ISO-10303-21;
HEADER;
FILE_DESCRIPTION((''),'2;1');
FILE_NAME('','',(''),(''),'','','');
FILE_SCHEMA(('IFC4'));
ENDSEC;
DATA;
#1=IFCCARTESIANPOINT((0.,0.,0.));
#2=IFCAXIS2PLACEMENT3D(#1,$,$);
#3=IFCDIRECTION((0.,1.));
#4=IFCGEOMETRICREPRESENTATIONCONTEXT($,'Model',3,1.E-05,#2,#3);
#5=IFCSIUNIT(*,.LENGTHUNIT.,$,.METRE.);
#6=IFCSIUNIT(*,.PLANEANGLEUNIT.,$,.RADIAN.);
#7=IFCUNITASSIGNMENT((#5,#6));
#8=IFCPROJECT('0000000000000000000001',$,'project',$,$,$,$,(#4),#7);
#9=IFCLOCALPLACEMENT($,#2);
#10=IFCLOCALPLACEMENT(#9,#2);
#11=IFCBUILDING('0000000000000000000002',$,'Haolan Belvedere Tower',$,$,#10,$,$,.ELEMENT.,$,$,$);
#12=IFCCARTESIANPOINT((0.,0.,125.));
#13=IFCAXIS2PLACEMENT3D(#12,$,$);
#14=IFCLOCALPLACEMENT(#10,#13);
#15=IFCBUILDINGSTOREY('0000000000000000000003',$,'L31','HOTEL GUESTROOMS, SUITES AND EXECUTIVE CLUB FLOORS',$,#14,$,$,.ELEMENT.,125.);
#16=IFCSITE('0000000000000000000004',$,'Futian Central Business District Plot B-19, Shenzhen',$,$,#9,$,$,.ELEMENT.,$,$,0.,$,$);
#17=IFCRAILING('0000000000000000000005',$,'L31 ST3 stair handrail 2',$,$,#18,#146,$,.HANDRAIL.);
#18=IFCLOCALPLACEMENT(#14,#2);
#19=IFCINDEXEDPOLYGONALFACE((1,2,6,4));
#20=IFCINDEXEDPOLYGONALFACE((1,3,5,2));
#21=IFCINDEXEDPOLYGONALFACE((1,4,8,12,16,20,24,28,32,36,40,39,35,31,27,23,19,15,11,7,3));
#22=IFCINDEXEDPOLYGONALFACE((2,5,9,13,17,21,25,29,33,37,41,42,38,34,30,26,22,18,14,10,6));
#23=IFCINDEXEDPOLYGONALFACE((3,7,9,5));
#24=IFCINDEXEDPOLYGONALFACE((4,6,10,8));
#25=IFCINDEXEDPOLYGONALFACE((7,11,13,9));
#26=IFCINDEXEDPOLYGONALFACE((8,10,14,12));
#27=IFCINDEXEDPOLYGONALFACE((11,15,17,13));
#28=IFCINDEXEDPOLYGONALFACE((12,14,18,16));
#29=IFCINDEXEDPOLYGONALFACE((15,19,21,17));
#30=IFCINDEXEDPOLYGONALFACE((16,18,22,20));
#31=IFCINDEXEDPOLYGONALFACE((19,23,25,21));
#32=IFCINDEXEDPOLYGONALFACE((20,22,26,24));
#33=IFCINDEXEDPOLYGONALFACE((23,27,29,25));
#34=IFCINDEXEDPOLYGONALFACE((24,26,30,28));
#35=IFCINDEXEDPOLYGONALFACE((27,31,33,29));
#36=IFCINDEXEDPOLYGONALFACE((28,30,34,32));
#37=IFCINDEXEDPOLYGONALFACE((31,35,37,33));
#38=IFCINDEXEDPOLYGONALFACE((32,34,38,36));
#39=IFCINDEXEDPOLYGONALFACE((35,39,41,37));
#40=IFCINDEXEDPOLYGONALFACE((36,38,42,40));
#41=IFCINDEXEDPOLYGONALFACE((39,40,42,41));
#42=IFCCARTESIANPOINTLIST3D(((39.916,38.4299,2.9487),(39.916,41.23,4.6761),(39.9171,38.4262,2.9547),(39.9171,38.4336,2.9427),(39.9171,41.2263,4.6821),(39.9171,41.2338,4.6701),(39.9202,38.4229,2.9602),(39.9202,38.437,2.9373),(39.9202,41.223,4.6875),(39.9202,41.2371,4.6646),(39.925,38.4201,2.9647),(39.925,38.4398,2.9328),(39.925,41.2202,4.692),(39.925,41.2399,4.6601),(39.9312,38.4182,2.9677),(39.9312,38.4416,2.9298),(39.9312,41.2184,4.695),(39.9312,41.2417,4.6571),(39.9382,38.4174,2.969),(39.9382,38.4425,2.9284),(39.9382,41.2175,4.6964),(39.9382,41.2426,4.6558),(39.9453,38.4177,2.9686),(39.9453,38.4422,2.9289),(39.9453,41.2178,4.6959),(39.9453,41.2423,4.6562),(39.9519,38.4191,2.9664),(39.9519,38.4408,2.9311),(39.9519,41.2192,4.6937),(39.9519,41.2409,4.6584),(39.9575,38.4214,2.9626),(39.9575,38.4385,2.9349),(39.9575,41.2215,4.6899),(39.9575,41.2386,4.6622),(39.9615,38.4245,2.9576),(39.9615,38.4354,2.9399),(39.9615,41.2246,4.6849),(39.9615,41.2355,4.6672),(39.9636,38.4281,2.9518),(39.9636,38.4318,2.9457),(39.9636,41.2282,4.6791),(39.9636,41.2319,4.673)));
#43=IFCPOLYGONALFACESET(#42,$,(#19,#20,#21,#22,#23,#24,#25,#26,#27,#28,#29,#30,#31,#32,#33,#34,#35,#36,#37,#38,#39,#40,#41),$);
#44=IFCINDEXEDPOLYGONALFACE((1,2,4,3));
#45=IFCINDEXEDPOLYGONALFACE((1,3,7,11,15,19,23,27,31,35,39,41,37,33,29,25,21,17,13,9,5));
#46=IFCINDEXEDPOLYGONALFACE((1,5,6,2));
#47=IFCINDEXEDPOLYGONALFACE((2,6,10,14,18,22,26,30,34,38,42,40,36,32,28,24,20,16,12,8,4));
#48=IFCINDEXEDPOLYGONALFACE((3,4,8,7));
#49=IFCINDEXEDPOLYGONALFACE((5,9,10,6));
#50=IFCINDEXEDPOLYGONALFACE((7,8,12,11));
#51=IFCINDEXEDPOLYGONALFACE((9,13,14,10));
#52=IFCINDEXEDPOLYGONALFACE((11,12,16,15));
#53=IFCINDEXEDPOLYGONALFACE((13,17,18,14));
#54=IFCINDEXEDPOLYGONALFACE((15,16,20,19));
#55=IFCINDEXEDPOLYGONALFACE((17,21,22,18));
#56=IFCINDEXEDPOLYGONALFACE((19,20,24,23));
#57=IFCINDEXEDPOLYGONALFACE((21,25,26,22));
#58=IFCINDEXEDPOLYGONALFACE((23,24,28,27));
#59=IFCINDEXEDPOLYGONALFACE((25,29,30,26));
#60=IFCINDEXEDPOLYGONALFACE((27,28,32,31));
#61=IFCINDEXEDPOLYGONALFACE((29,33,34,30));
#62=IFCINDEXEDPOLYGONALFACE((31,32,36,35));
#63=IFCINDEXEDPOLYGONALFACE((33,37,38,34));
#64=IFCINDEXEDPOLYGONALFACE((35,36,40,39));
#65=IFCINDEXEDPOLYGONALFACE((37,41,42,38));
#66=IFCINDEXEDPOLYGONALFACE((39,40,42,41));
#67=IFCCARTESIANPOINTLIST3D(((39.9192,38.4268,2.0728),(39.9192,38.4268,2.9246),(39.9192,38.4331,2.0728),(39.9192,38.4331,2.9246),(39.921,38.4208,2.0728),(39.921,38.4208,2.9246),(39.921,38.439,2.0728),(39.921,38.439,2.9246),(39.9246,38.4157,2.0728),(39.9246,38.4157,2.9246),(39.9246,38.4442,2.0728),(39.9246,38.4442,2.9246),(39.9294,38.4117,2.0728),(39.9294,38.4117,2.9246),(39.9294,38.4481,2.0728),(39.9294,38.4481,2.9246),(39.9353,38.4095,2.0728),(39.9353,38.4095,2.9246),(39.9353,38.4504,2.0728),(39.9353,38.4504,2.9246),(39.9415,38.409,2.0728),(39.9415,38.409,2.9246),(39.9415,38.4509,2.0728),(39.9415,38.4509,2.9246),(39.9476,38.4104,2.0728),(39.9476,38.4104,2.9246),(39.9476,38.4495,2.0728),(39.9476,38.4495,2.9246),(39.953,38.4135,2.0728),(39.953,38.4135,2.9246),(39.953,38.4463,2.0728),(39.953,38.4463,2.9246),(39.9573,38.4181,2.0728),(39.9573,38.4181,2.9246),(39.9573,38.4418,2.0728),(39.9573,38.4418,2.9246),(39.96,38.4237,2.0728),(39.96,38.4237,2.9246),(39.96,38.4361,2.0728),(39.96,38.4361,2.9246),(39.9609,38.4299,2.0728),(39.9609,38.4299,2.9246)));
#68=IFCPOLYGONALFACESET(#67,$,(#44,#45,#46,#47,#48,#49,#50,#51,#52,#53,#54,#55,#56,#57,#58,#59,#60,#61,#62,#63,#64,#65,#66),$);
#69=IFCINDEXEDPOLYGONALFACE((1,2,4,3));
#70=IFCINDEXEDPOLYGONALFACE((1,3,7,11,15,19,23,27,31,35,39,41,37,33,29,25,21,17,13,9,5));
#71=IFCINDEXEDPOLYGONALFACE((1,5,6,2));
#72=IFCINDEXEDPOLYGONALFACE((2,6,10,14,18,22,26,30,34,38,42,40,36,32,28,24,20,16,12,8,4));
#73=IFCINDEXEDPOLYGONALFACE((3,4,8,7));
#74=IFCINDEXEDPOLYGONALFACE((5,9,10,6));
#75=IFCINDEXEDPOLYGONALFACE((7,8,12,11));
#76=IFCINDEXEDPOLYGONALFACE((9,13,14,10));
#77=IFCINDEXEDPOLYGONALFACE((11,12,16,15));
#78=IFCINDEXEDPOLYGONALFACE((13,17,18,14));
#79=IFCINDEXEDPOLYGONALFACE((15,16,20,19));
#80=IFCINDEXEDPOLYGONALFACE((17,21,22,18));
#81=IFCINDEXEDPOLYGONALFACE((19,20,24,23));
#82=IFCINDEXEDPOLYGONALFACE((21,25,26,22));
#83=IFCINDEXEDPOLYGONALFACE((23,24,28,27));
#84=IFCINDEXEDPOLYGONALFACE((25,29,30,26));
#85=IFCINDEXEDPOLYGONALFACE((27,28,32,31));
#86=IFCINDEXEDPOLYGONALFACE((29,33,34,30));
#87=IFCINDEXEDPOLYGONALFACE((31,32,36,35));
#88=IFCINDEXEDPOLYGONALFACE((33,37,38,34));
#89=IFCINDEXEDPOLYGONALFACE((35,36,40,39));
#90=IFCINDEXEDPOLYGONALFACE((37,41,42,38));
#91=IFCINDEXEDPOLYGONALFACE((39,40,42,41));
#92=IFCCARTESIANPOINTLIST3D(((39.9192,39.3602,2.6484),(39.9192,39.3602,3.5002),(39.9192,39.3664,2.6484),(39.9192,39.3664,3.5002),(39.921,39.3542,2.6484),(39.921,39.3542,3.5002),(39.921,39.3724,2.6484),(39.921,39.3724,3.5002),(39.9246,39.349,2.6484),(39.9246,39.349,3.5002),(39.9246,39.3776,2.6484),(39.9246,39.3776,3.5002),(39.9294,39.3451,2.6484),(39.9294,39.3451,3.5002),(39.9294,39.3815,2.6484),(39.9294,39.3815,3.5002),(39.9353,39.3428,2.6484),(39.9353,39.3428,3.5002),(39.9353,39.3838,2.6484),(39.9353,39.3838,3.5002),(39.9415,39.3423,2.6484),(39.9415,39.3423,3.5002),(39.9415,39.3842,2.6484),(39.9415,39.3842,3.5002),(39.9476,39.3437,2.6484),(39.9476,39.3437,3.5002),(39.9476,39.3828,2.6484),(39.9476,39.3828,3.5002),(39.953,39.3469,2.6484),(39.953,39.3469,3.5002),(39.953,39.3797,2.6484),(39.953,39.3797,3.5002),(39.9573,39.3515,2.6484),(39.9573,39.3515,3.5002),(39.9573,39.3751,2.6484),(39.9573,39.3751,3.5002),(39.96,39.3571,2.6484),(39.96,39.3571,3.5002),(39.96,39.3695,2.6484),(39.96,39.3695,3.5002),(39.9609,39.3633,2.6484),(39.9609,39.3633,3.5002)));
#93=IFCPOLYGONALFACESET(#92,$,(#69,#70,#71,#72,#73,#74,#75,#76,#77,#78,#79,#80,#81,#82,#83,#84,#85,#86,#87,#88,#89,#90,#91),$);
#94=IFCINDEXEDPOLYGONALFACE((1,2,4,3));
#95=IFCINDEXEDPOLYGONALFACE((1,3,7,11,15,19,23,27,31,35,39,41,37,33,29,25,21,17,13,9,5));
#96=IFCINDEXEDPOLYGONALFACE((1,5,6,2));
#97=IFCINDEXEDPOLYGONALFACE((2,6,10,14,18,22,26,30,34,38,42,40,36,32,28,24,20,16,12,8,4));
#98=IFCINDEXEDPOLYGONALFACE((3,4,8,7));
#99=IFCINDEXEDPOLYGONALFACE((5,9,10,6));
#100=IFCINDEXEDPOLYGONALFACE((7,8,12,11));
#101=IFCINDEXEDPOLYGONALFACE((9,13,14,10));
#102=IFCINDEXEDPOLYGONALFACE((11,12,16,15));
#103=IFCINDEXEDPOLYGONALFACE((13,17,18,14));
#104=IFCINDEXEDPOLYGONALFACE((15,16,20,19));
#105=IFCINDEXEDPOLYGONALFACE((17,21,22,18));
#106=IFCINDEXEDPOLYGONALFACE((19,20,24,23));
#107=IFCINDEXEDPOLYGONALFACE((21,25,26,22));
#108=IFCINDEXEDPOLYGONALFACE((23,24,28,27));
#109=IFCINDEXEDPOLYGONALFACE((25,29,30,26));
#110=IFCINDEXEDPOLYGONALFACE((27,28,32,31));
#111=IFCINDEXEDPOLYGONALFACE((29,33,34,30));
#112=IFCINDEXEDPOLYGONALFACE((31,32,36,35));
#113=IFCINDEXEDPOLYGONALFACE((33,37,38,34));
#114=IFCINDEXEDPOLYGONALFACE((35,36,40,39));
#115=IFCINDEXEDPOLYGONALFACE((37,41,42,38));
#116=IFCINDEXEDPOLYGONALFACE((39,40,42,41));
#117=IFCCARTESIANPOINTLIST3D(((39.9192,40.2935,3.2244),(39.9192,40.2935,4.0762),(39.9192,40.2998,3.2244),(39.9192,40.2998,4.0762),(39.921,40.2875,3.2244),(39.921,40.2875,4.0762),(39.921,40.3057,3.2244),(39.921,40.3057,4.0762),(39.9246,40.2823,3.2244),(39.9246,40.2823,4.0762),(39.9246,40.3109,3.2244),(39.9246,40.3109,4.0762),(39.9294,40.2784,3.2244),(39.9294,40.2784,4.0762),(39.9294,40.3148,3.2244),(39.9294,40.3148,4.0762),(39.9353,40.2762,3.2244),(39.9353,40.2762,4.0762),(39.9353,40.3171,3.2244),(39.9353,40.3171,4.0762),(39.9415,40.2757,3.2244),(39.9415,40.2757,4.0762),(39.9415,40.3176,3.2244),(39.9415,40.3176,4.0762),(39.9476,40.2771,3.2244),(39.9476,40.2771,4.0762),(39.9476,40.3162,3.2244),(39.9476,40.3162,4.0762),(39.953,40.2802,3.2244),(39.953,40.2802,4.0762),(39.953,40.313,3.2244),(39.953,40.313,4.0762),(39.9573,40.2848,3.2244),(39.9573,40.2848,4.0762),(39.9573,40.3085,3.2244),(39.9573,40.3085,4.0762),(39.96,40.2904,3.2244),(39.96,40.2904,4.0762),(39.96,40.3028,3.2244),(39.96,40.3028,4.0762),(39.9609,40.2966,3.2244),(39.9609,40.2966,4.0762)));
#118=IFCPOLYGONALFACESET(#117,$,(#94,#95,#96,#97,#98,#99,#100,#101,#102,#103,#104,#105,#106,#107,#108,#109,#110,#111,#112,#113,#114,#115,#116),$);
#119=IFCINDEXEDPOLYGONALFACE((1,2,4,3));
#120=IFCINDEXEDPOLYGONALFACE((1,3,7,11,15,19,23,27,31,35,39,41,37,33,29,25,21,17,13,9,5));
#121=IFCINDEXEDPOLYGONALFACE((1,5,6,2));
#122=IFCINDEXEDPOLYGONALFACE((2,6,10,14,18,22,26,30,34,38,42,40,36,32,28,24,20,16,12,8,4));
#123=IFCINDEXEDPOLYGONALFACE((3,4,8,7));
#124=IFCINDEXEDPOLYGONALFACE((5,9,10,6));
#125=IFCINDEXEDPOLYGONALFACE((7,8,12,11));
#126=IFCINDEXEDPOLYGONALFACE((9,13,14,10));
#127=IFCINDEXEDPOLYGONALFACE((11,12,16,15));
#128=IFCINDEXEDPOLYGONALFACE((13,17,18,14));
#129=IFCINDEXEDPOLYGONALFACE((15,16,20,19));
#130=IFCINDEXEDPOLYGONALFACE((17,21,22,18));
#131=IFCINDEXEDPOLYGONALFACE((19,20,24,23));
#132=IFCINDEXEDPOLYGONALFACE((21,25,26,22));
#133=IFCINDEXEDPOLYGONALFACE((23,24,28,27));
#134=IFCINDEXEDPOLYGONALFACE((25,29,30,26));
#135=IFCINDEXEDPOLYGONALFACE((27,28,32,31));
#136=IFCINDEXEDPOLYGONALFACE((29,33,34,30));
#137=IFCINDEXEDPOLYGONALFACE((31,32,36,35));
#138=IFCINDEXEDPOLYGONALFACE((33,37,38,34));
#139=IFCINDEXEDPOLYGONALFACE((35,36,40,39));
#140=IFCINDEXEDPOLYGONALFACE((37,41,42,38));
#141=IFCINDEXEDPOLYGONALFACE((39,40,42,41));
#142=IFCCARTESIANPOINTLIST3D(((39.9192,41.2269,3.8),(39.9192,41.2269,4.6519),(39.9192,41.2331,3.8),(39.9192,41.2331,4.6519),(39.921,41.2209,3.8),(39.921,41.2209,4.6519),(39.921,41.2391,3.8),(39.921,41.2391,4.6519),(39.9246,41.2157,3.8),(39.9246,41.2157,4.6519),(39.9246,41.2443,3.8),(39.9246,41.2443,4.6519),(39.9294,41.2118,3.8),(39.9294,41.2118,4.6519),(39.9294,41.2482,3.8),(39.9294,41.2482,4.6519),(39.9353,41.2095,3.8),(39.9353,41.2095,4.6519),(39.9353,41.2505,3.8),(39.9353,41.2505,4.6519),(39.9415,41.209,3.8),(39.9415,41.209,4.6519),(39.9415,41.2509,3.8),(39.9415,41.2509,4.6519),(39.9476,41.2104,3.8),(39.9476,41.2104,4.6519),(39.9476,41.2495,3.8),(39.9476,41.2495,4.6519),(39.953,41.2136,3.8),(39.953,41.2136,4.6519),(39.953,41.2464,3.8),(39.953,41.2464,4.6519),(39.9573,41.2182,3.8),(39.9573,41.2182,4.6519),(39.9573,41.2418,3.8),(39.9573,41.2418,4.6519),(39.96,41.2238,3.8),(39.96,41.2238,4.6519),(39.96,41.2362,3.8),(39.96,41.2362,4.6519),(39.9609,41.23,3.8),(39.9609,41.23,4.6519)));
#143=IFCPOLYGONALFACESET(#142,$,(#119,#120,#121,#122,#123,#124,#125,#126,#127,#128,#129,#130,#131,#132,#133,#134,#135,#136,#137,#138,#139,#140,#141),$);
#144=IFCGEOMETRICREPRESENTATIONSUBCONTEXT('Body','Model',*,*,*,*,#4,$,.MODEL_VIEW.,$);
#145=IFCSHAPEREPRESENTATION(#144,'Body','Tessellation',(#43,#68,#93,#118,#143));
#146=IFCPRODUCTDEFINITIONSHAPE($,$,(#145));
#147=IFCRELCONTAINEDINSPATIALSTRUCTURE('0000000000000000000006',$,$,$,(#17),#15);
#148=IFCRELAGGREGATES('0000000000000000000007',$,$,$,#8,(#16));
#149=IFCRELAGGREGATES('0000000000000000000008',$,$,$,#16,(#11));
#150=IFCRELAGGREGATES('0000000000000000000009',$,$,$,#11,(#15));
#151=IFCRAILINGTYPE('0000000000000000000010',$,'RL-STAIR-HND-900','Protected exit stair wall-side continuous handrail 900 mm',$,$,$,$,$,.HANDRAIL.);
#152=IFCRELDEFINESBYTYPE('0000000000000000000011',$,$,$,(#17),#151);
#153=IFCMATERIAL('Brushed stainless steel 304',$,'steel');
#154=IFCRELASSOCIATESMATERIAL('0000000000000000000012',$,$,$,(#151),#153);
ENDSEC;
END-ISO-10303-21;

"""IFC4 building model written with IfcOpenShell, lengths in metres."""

from ifc_helpers import new_model, si_unit, direction, frame, origin, origin_2d, place, context, subcontext, project, spatial, circle, extrude, material, type_object, element, save


model = new_model("IFC4")

# Units and contexts
model_context = context("Model", 3, precision=1e-05, world=origin(), true_north=direction((0.0, 1.0)))
body_context = subcontext(model_context, "Body", "Model", "MODEL_VIEW")
ifc_project = project(units=[si_unit("LENGTHUNIT", "METRE"), si_unit("PLANEANGLEUNIT", "RADIAN")], contexts=[model_context])

# Site, building, storey
site_placement = place(None, origin())
site = spatial("IfcSite", under=ifc_project, at=site_placement, Name="Futian Central Business District Plot B-19, Shenzhen", CompositionType="ELEMENT", RefElevation=0.0)
building_placement = place(site_placement, origin())
building = spatial("IfcBuilding", under=site, at=building_placement, Name="Haolan Belvedere Tower", CompositionType="ELEMENT")
storey_placement = place(building_placement, frame((0.0, 0.0, 125.0)))
storey = spatial("IfcBuildingStorey", under=building, at=storey_placement, Name="L31", Description="HOTEL GUESTROOMS, SUITES AND EXECUTIVE CLUB FLOORS", CompositionType="ELEMENT", Elevation=125.0)

# Railing
ifc_material_1 = material(Name="Brushed stainless steel 304", Category="steel")
railing_type_1 = type_object("IfcRailingType", Name="RL-STAIR-HND-900", Description="Protected exit stair wall-side continuous handrail 900 mm", PredefinedType="HANDRAIL", material=ifc_material_1)
railing_1_placement = place(storey_placement, frame((39.9399, 38.4299, 2.0728)))
element("IfcRailing", 1, at=railing_1_placement, inside=storey, type_object=railing_type_1, Name="L31 ST3 stair handrail 2", PredefinedType="HANDRAIL", context=body_context, shape_type="SweptSolid", body=[
    extrude(circle(Radius=0.0239, at=origin_2d()), frame((0.0, 0.0, 0.876), z_axis=(0.0, 0.85109, 0.52502), x_axis=(-1.0, 0.0, 0.0)), (0.0, 0.0, 1.0), 3.29),
    extrude(circle(Radius=0.021, at=origin_2d()), origin(), (0.0, 0.0, 1.0), 0.8518),
    extrude(circle(Radius=0.021, at=origin_2d()), frame((0.0, 0.9333, 0.5757)), (0.0, 0.0, 1.0), 0.8518),
    extrude(circle(Radius=0.021, at=origin_2d()), frame((0.0, 1.8667, 1.1516)), (0.0, 0.0, 1.0), 0.8518),
    extrude(circle(Radius=0.021, at=origin_2d()), frame((0.0, 2.8, 1.7273)), (0.0, 0.0, 1.0), 0.8518),
])

save(model, "model.ifc")
